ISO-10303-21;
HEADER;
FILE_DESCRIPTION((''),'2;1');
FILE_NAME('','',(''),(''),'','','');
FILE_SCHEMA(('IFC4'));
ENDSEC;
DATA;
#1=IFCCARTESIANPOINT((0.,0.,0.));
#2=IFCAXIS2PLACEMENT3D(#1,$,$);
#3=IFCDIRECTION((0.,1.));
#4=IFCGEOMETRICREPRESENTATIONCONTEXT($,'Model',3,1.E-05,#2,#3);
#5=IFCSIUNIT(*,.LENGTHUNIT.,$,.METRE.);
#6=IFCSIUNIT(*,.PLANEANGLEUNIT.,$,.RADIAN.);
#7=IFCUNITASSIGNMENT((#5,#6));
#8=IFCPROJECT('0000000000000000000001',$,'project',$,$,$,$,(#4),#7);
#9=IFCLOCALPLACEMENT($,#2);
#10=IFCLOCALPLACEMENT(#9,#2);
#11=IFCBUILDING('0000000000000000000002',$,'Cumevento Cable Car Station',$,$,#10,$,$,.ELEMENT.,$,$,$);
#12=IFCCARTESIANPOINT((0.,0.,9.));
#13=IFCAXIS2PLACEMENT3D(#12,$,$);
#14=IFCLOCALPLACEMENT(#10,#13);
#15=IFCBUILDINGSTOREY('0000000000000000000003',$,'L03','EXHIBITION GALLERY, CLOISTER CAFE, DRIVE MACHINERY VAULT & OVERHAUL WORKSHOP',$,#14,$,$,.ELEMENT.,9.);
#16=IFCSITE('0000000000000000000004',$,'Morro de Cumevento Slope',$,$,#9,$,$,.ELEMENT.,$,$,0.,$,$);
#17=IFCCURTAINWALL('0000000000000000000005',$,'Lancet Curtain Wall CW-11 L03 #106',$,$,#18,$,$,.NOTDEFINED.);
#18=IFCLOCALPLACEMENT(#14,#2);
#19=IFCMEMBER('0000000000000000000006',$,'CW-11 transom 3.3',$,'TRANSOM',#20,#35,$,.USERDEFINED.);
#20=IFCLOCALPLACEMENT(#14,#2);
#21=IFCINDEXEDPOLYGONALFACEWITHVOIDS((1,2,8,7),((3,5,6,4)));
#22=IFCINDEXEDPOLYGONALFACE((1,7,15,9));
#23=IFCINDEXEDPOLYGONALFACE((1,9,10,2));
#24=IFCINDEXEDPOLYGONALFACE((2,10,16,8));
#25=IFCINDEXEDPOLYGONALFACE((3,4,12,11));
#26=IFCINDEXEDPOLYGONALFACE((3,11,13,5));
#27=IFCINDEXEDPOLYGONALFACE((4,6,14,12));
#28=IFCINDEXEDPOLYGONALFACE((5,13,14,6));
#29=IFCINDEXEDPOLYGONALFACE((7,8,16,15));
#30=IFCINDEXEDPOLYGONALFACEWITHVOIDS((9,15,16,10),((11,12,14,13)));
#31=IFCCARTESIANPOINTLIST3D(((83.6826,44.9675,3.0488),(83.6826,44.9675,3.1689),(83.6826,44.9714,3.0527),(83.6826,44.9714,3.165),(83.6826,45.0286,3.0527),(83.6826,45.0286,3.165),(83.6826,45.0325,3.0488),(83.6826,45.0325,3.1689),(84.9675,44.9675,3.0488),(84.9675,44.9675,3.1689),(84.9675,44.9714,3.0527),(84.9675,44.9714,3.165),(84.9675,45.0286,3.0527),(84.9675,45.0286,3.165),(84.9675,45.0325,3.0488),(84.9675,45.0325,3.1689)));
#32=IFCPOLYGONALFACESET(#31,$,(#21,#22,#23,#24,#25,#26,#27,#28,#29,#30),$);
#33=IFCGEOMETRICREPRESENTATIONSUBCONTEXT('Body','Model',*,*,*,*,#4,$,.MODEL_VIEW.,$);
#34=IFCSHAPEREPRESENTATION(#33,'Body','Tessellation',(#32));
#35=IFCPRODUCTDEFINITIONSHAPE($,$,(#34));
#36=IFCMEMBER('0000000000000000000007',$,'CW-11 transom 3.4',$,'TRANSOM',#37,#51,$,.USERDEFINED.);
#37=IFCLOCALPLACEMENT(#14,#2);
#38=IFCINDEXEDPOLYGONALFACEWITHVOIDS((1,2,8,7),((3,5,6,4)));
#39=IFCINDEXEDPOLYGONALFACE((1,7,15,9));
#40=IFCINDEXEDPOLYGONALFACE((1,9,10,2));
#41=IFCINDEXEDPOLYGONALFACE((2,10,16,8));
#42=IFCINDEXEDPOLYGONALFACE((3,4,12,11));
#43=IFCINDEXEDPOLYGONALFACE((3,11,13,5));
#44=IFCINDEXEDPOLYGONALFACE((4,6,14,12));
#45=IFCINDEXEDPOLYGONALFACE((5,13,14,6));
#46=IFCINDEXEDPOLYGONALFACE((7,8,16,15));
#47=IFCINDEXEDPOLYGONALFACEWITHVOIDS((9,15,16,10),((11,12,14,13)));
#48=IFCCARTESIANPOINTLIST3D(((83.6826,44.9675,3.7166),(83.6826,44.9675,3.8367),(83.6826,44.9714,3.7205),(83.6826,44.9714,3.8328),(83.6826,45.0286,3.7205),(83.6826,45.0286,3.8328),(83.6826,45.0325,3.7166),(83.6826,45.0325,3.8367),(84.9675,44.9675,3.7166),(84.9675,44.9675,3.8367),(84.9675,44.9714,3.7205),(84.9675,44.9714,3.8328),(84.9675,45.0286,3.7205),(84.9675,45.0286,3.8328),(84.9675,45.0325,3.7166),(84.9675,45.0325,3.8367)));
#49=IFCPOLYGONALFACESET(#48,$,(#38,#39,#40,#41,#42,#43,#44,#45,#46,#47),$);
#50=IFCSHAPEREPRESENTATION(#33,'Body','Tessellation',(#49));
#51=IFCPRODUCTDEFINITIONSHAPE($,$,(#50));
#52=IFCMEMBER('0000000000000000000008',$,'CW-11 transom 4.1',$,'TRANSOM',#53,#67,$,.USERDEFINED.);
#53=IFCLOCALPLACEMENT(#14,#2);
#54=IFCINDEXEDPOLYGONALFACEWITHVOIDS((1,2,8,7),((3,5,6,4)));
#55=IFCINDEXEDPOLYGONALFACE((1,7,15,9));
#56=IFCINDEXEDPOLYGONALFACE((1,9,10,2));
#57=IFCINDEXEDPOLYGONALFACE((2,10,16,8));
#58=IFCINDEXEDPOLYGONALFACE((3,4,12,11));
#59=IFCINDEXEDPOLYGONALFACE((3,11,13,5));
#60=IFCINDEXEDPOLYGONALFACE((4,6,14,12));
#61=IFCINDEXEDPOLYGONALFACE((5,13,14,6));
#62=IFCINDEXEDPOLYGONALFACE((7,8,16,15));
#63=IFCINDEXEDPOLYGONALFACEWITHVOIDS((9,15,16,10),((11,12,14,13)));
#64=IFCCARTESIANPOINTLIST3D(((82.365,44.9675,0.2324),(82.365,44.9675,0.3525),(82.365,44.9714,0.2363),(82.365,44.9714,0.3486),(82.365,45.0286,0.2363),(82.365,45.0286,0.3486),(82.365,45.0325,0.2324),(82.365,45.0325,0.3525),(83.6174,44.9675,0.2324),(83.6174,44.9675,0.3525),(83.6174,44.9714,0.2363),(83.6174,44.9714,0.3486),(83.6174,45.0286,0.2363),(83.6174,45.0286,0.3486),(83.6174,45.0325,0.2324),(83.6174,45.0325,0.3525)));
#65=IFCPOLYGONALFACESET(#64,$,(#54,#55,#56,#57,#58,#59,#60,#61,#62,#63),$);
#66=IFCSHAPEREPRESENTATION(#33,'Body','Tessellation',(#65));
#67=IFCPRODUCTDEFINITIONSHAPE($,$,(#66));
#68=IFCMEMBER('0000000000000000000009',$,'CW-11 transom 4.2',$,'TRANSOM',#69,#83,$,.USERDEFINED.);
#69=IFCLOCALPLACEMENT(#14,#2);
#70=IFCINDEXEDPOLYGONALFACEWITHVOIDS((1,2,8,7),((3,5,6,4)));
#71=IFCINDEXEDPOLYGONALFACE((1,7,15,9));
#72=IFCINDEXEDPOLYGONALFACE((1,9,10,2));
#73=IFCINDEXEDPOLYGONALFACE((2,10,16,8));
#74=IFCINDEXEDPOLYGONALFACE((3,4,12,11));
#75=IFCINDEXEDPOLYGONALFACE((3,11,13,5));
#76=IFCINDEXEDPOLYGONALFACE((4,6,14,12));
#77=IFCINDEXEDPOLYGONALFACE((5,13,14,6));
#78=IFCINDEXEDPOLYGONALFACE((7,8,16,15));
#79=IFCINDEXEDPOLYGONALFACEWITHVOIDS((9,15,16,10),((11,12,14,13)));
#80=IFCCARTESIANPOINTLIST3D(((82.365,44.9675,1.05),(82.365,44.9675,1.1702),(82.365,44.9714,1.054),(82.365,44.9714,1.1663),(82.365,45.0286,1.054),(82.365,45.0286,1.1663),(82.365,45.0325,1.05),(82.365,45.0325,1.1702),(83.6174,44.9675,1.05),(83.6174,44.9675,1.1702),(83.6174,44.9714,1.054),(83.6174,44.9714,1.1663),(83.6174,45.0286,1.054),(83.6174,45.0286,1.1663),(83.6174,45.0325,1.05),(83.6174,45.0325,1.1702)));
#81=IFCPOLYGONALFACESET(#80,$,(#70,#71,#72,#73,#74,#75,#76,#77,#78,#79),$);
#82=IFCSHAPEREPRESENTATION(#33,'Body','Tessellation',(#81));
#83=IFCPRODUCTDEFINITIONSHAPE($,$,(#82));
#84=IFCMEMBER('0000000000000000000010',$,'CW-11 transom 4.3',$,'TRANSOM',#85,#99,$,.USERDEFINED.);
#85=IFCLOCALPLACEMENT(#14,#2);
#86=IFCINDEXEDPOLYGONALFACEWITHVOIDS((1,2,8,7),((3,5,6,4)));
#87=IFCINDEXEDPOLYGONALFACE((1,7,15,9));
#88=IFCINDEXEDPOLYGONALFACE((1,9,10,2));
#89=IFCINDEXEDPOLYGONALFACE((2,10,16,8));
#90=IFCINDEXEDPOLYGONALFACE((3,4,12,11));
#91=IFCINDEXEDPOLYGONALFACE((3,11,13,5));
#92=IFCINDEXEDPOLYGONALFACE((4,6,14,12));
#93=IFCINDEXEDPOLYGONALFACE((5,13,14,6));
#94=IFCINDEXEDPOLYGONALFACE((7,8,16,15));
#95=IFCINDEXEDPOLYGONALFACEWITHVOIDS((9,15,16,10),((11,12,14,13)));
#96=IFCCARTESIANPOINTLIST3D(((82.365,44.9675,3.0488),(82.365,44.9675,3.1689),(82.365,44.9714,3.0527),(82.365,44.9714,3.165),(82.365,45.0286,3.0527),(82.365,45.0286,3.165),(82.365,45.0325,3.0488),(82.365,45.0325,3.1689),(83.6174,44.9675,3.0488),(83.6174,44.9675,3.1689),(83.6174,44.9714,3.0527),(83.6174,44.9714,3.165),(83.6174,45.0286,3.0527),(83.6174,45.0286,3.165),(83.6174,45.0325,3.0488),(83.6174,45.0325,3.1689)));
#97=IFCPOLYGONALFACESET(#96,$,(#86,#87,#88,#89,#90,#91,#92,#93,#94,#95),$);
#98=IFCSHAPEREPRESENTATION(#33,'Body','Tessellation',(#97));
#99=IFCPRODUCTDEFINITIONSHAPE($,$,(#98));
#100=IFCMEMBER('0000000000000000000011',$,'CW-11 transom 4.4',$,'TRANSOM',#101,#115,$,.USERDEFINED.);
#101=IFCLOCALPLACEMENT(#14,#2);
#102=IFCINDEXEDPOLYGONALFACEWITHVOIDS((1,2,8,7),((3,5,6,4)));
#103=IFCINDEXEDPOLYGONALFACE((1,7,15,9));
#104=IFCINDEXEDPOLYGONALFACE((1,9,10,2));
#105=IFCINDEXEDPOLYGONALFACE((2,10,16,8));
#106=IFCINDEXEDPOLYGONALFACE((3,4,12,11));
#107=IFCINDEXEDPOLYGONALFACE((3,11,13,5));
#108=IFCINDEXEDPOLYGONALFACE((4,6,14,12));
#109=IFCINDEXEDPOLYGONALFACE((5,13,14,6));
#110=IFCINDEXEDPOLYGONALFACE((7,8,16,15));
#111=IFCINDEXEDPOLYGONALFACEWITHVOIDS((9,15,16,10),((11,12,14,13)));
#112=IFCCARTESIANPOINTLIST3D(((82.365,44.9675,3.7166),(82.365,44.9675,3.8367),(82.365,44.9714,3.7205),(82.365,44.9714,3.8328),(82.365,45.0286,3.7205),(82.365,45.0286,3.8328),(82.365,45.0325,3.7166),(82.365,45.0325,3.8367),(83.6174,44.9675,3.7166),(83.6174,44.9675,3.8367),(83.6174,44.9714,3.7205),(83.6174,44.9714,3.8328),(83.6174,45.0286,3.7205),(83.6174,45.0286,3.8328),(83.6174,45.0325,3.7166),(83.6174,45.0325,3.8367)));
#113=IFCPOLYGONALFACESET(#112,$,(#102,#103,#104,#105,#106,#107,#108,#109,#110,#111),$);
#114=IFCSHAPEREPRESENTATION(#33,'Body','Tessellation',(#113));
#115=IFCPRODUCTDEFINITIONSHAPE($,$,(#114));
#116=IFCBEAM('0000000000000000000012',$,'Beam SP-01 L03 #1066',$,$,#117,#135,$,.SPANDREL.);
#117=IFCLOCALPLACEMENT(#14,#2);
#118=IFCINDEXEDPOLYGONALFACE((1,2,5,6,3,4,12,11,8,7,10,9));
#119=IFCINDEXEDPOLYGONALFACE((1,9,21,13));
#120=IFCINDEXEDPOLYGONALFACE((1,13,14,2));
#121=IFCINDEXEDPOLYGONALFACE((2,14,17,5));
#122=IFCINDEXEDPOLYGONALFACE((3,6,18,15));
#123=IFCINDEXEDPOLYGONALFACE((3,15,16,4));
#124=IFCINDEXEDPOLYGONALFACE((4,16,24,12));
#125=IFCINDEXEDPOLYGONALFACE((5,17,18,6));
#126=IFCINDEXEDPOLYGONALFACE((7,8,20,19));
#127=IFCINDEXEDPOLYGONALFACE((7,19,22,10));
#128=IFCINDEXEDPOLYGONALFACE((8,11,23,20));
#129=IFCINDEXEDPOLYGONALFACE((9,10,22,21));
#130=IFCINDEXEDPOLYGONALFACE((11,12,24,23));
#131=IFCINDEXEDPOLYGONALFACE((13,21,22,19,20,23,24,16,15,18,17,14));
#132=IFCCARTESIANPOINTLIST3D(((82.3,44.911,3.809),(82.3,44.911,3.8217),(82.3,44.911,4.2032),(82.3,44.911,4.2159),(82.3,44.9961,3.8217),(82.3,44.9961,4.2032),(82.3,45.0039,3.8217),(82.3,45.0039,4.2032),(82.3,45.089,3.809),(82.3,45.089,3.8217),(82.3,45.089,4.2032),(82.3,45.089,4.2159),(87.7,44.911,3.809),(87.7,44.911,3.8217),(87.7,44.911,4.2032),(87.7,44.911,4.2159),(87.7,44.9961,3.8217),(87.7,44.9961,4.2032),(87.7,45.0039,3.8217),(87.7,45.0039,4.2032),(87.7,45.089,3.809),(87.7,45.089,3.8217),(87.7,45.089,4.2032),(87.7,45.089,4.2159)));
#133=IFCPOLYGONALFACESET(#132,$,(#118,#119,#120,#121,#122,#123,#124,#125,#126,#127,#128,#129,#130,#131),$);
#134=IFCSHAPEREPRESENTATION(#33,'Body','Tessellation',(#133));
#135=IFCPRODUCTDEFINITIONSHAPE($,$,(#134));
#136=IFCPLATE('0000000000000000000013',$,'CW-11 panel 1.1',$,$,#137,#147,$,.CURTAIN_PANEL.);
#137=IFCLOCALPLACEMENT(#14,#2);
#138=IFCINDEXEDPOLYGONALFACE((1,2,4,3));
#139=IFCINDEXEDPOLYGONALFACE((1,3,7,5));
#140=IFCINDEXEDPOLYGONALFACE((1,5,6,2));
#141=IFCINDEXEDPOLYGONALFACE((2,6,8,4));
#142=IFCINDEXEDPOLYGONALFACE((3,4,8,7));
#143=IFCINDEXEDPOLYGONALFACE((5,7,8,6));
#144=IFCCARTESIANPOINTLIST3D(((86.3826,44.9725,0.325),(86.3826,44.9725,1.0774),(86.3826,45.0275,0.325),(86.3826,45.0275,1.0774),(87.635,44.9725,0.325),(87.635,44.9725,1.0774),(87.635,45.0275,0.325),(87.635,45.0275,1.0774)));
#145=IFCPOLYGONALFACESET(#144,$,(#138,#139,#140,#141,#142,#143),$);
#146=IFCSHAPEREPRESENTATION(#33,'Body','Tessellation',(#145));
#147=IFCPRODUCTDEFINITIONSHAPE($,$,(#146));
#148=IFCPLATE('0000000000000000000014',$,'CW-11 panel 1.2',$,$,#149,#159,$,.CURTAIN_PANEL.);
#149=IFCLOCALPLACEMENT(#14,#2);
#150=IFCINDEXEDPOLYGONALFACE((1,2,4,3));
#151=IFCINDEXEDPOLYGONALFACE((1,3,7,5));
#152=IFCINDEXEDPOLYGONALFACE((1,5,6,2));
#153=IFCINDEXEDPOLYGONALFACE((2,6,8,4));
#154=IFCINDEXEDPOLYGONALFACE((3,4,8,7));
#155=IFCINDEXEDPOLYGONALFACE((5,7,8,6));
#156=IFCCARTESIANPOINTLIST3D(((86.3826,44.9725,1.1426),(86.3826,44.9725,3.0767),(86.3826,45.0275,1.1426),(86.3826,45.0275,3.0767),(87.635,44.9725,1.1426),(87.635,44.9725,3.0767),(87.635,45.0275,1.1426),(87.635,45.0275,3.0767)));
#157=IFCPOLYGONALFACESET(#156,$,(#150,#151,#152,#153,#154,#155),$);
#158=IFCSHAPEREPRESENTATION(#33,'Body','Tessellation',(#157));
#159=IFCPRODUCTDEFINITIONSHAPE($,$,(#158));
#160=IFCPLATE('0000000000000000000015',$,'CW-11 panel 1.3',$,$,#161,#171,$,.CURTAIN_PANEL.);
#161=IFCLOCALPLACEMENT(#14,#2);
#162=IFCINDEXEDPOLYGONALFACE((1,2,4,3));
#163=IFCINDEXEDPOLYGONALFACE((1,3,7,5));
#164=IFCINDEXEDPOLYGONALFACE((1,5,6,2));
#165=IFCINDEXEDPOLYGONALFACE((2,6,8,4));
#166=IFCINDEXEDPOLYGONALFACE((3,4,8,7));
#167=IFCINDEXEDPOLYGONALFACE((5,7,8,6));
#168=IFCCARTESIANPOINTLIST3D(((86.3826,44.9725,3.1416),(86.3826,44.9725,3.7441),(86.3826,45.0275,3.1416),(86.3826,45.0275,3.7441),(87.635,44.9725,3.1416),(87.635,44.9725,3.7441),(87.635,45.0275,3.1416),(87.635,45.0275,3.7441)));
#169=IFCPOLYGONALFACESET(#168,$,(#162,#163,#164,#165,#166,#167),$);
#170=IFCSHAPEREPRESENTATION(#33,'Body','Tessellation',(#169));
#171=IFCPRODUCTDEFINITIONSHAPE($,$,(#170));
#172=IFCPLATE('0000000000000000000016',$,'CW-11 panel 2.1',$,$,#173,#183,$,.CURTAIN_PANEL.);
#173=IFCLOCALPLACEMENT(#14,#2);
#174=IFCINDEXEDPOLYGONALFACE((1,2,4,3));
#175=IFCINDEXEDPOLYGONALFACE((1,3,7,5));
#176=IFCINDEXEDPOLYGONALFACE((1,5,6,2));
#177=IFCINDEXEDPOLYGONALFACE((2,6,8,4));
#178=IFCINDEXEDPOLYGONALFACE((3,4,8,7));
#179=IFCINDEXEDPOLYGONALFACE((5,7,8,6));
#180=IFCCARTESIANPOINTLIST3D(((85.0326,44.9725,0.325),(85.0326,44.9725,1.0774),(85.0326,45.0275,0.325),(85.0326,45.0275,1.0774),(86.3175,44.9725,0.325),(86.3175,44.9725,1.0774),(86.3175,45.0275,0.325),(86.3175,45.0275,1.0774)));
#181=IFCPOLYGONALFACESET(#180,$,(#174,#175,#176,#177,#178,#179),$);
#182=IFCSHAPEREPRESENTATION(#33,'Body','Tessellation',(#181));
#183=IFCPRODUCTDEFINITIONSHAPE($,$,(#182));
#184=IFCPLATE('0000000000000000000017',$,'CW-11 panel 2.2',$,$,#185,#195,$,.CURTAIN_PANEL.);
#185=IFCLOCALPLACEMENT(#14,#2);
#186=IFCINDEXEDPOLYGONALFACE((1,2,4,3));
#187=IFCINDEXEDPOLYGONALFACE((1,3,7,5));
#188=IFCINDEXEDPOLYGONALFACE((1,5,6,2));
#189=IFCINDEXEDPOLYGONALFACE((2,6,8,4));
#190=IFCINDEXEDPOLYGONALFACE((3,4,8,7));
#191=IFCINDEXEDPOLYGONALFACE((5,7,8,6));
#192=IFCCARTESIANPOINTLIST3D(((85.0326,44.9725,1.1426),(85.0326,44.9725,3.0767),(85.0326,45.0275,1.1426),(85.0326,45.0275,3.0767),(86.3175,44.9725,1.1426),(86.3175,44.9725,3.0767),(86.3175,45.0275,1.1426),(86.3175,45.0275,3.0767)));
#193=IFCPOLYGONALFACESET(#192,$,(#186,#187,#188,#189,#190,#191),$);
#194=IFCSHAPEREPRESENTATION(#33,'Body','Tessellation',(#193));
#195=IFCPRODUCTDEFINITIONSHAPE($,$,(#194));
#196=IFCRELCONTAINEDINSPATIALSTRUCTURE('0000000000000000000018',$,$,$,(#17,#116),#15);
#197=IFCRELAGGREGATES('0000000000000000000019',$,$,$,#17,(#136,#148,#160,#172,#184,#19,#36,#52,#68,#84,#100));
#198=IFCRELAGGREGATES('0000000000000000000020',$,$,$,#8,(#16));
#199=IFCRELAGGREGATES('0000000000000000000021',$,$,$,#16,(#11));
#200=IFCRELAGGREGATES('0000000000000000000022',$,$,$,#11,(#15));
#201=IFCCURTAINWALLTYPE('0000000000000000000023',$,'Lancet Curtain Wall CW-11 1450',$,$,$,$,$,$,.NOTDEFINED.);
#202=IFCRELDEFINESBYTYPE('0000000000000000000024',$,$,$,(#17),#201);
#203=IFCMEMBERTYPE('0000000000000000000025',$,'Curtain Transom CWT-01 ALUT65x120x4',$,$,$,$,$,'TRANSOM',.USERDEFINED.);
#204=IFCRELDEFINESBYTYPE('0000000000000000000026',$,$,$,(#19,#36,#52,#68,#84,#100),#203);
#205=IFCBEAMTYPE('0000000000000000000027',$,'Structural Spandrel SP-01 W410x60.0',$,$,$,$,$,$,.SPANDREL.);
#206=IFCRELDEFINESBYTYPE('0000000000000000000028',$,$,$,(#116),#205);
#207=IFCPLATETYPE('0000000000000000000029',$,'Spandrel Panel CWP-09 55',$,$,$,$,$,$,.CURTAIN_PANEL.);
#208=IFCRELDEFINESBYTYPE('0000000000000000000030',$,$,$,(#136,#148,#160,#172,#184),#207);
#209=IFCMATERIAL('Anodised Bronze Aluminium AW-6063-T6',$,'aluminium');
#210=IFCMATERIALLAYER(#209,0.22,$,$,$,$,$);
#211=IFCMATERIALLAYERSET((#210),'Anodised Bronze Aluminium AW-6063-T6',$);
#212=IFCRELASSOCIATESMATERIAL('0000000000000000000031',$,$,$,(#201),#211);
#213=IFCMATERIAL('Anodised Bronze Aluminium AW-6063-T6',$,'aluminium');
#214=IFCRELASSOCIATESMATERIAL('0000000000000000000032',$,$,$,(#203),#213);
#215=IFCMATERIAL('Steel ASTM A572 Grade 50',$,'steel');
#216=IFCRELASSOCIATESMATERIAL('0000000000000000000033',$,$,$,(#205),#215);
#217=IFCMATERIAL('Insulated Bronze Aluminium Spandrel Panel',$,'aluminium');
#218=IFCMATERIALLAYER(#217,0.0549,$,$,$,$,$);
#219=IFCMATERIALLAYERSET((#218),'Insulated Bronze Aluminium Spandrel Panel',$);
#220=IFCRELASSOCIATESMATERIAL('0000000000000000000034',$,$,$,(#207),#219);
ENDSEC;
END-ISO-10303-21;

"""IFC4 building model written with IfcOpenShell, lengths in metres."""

from ifc_helpers import new_model, si_unit, direction, frame, origin, origin_2d, place, context, subcontext, project, spatial, rectangle, hollow_rectangle, i_section, extrude, material, layer, layer_set, material_profile, profile_set, type_object, element, aggregate, save


model = new_model("IFC4")

# Units and contexts
model_context = context("Model", 3, precision=1e-05, world=origin(), true_north=direction((0.0, 1.0)))
body_context = subcontext(model_context, "Body", "Model", "MODEL_VIEW")
ifc_project = project(units=[si_unit("LENGTHUNIT", "METRE"), si_unit("PLANEANGLEUNIT", "RADIAN")], contexts=[model_context])

# Site, building, storey
site_placement = place(None, origin())
site = spatial("IfcSite", under=ifc_project, at=site_placement, Name="Morro de Cumevento Slope", CompositionType="ELEMENT", RefElevation=0.0)
building_placement = place(site_placement, origin())
building = spatial("IfcBuilding", under=site, at=building_placement, Name="Cumevento Cable Car Station", CompositionType="ELEMENT")
storey_placement = place(building_placement, frame((0.0, 0.0, 9.0)))
storey = spatial("IfcBuildingStorey", under=building, at=storey_placement, Name="L03", Description="EXHIBITION GALLERY, CLOISTER CAFE, DRIVE MACHINERY VAULT & OVERHAUL WORKSHOP", CompositionType="ELEMENT", Elevation=9.0)

# Curtain wall, members
ifc_material_1 = material(Name="Anodised Bronze Aluminium AW-6063-T6", Category="aluminium")
ifc_layer_1 = layer(ifc_material_1, 0.22)
ifc_layer_set_1 = layer_set([ifc_layer_1], Name="Anodised Bronze Aluminium AW-6063-T6")
curtain_wall_type = type_object("IfcCurtainWallType", Name="Lancet Curtain Wall CW-11 1450", PredefinedType="NOTDEFINED", material=ifc_layer_set_1)
curtain_wall_placement = place(storey_placement, origin())
curtain_wall = element("IfcCurtainWall", 1, at=curtain_wall_placement, inside=storey, type_object=curtain_wall_type, Name="Lancet Curtain Wall CW-11 L03 #106", PredefinedType="NOTDEFINED")
ifc_material_2 = material(Name="Anodised Bronze Aluminium AW-6063-T6", Category="aluminium")
ifc_material_profile_1 = material_profile(ifc_material_2, hollow_rectangle(XDim=0.0649, YDim=0.1201, WallThickness=0.0039, at=origin_2d()), Name="ALUT65x120x4")
ifc_profile_set_1 = profile_set([ifc_material_profile_1], Name="Anodised Bronze Aluminium AW-6063-T6")
member_type_1 = type_object("IfcMemberType", Name="Curtain Transom CWT-01 ALUT65x120x4", ElementType="TRANSOM", PredefinedType="USERDEFINED", material=ifc_profile_set_1)
member_1_placement = place(storey_placement, frame((84.9675, 45.0, 3.1089), z_axis=(-1.0, 0.0, 0.0), x_axis=(0.0, -1.0, 0.0)))
member_1 = element("IfcMember", 2, at=member_1_placement, type_object=member_type_1, Name="CW-11 transom 3.3", ObjectType="TRANSOM", PredefinedType="USERDEFINED", context=body_context, shape_type="SweptSolid", body=[
    extrude(hollow_rectangle(XDim=0.0649, YDim=0.1201, WallThickness=0.0039, at=origin_2d()), origin(), (0.0, 0.0, 1.0), 1.2849),
])
member_2_placement = place(storey_placement, frame((84.9675, 45.0, 3.7766), z_axis=(-1.0, 0.0, 0.0), x_axis=(0.0, -1.0, 0.0)))
member_2 = element("IfcMember", 3, at=member_2_placement, type_object=member_type_1, Name="CW-11 transom 3.4", ObjectType="TRANSOM", PredefinedType="USERDEFINED", context=body_context, shape_type="SweptSolid", body=[
    extrude(hollow_rectangle(XDim=0.0649, YDim=0.1201, WallThickness=0.0039, at=origin_2d()), origin(), (0.0, 0.0, 1.0), 1.2849),
])
member_3_placement = place(storey_placement, frame((83.6174, 45.0, 0.2925), z_axis=(-1.0, 0.0, 0.0), x_axis=(0.0, -1.0, 0.0)))
member_3 = element("IfcMember", 4, at=member_3_placement, type_object=member_type_1, Name="CW-11 transom 4.1", ObjectType="TRANSOM", PredefinedType="USERDEFINED", context=body_context, shape_type="SweptSolid", body=[
    extrude(hollow_rectangle(XDim=0.0649, YDim=0.1201, WallThickness=0.0039, at=origin_2d()), origin(), (0.0, 0.0, 1.0), 1.2524),
])
member_4_placement = place(storey_placement, frame((83.6174, 45.0, 1.1101), z_axis=(-1.0, 0.0, 0.0), x_axis=(0.0, -1.0, 0.0)))
member_4 = element("IfcMember", 5, at=member_4_placement, type_object=member_type_1, Name="CW-11 transom 4.2", ObjectType="TRANSOM", PredefinedType="USERDEFINED", context=body_context, shape_type="SweptSolid", body=[
    extrude(hollow_rectangle(XDim=0.0649, YDim=0.1201, WallThickness=0.0039, at=origin_2d()), origin(), (0.0, 0.0, 1.0), 1.2524),
])
member_5_placement = place(storey_placement, frame((83.6174, 45.0, 3.1089), z_axis=(-1.0, 0.0, 0.0), x_axis=(0.0, -1.0, 0.0)))
member_5 = element("IfcMember", 6, at=member_5_placement, type_object=member_type_1, Name="CW-11 transom 4.3", ObjectType="TRANSOM", PredefinedType="USERDEFINED", context=body_context, shape_type="SweptSolid", body=[
    extrude(hollow_rectangle(XDim=0.0649, YDim=0.1201, WallThickness=0.0039, at=origin_2d()), origin(), (0.0, 0.0, 1.0), 1.2524),
])
member_6_placement = place(storey_placement, frame((83.6174, 45.0, 3.7766), z_axis=(-1.0, 0.0, 0.0), x_axis=(0.0, -1.0, 0.0)))
member_6 = element("IfcMember", 7, at=member_6_placement, type_object=member_type_1, Name="CW-11 transom 4.4", ObjectType="TRANSOM", PredefinedType="USERDEFINED", context=body_context, shape_type="SweptSolid", body=[
    extrude(hollow_rectangle(XDim=0.0649, YDim=0.1201, WallThickness=0.0039, at=origin_2d()), origin(), (0.0, 0.0, 1.0), 1.2524),
])

# Beam
ifc_material_3 = material(Name="Steel ASTM A572 Grade 50", Category="steel")
ifc_material_profile_2 = material_profile(ifc_material_3, i_section(OverallWidth=0.178, OverallDepth=0.407, WebThickness=0.0078, FlangeThickness=0.0127, at=origin_2d()), Name="W410x60.0")
ifc_profile_set_2 = profile_set([ifc_material_profile_2], Name="Steel ASTM A572 Grade 50")
beam_type = type_object("IfcBeamType", Name="Structural Spandrel SP-01 W410x60.0", PredefinedType="SPANDREL", material=ifc_profile_set_2)
beam_placement = place(storey_placement, frame((82.3, 45.0, 4.0125), z_axis=(1.0, 0.0, 0.0), x_axis=(0.0, 1.0, 0.0)))
element("IfcBeam", 8, at=beam_placement, inside=storey, type_object=beam_type, Name="Beam SP-01 L03 #1066", PredefinedType="SPANDREL", context=body_context, shape_type="SweptSolid", body=[
    extrude(i_section(OverallWidth=0.178, OverallDepth=0.407, WebThickness=0.0078, FlangeThickness=0.0127, at=origin_2d()), origin(), (0.0, 0.0, 1.0), 5.3999),
])

# Plates
ifc_material_4 = material(Name="Insulated Bronze Aluminium Spandrel Panel", Category="aluminium")
ifc_layer_2 = layer(ifc_material_4, 0.0549)
ifc_layer_set_2 = layer_set([ifc_layer_2], Name="Insulated Bronze Aluminium Spandrel Panel")
plate_type = type_object("IfcPlateType", Name="Spandrel Panel CWP-09 55", PredefinedType="CURTAIN_PANEL", material=ifc_layer_set_2)
plate_1_placement = place(storey_placement, frame((87.0088, 45.0, 0.325), z_axis=(0.0, 0.0, 1.0), x_axis=(-1.0, 0.0, 0.0)))
plate_1 = element("IfcPlate", 9, at=plate_1_placement, type_object=plate_type, Name="CW-11 panel 1.1", PredefinedType="CURTAIN_PANEL", context=body_context, shape_type="SweptSolid", body=[
    extrude(rectangle(XDim=1.2524, YDim=0.0549, at=origin_2d()), origin(), (0.0, 0.0, 1.0), 0.7524),
])
plate_2_placement = place(storey_placement, frame((87.0088, 45.0, 1.1426), z_axis=(0.0, 0.0, 1.0), x_axis=(-1.0, 0.0, 0.0)))
plate_2 = element("IfcPlate", 10, at=plate_2_placement, type_object=plate_type, Name="CW-11 panel 1.2", PredefinedType="CURTAIN_PANEL", context=body_context, shape_type="SweptSolid", body=[
    extrude(rectangle(XDim=1.2524, YDim=0.0549, at=origin_2d()), origin(), (0.0, 0.0, 1.0), 1.9341),
])
plate_3_placement = place(storey_placement, frame((87.0088, 45.0, 3.1416), z_axis=(0.0, 0.0, 1.0), x_axis=(-1.0, 0.0, 0.0)))
plate_3 = element("IfcPlate", 11, at=plate_3_placement, type_object=plate_type, Name="CW-11 panel 1.3", PredefinedType="CURTAIN_PANEL", context=body_context, shape_type="SweptSolid", body=[
    extrude(rectangle(XDim=1.2524, YDim=0.0549, at=origin_2d()), origin(), (0.0, 0.0, 1.0), 0.6025),
])
plate_4_placement = place(storey_placement, frame((85.675, 45.0, 0.325), z_axis=(0.0, 0.0, 1.0), x_axis=(-1.0, 0.0, 0.0)))
plate_4 = element("IfcPlate", 12, at=plate_4_placement, type_object=plate_type, Name="CW-11 panel 2.1", PredefinedType="CURTAIN_PANEL", context=body_context, shape_type="SweptSolid", body=[
    extrude(rectangle(XDim=1.2849, YDim=0.0549, at=origin_2d()), origin(), (0.0, 0.0, 1.0), 0.7524),
])
plate_5_placement = place(storey_placement, frame((85.675, 45.0, 1.1426), z_axis=(0.0, 0.0, 1.0), x_axis=(-1.0, 0.0, 0.0)))
plate_5 = element("IfcPlate", 13, at=plate_5_placement, type_object=plate_type, Name="CW-11 panel 2.2", PredefinedType="CURTAIN_PANEL", context=body_context, shape_type="SweptSolid", body=[
    extrude(rectangle(XDim=1.2849, YDim=0.0549, at=origin_2d()), origin(), (0.0, 0.0, 1.0), 1.9341),
])
aggregate(curtain_wall, [plate_1, plate_2, plate_3, plate_4, plate_5, member_1, member_2, member_3, member_4, member_5, member_6])

save(model, "model.ifc")
